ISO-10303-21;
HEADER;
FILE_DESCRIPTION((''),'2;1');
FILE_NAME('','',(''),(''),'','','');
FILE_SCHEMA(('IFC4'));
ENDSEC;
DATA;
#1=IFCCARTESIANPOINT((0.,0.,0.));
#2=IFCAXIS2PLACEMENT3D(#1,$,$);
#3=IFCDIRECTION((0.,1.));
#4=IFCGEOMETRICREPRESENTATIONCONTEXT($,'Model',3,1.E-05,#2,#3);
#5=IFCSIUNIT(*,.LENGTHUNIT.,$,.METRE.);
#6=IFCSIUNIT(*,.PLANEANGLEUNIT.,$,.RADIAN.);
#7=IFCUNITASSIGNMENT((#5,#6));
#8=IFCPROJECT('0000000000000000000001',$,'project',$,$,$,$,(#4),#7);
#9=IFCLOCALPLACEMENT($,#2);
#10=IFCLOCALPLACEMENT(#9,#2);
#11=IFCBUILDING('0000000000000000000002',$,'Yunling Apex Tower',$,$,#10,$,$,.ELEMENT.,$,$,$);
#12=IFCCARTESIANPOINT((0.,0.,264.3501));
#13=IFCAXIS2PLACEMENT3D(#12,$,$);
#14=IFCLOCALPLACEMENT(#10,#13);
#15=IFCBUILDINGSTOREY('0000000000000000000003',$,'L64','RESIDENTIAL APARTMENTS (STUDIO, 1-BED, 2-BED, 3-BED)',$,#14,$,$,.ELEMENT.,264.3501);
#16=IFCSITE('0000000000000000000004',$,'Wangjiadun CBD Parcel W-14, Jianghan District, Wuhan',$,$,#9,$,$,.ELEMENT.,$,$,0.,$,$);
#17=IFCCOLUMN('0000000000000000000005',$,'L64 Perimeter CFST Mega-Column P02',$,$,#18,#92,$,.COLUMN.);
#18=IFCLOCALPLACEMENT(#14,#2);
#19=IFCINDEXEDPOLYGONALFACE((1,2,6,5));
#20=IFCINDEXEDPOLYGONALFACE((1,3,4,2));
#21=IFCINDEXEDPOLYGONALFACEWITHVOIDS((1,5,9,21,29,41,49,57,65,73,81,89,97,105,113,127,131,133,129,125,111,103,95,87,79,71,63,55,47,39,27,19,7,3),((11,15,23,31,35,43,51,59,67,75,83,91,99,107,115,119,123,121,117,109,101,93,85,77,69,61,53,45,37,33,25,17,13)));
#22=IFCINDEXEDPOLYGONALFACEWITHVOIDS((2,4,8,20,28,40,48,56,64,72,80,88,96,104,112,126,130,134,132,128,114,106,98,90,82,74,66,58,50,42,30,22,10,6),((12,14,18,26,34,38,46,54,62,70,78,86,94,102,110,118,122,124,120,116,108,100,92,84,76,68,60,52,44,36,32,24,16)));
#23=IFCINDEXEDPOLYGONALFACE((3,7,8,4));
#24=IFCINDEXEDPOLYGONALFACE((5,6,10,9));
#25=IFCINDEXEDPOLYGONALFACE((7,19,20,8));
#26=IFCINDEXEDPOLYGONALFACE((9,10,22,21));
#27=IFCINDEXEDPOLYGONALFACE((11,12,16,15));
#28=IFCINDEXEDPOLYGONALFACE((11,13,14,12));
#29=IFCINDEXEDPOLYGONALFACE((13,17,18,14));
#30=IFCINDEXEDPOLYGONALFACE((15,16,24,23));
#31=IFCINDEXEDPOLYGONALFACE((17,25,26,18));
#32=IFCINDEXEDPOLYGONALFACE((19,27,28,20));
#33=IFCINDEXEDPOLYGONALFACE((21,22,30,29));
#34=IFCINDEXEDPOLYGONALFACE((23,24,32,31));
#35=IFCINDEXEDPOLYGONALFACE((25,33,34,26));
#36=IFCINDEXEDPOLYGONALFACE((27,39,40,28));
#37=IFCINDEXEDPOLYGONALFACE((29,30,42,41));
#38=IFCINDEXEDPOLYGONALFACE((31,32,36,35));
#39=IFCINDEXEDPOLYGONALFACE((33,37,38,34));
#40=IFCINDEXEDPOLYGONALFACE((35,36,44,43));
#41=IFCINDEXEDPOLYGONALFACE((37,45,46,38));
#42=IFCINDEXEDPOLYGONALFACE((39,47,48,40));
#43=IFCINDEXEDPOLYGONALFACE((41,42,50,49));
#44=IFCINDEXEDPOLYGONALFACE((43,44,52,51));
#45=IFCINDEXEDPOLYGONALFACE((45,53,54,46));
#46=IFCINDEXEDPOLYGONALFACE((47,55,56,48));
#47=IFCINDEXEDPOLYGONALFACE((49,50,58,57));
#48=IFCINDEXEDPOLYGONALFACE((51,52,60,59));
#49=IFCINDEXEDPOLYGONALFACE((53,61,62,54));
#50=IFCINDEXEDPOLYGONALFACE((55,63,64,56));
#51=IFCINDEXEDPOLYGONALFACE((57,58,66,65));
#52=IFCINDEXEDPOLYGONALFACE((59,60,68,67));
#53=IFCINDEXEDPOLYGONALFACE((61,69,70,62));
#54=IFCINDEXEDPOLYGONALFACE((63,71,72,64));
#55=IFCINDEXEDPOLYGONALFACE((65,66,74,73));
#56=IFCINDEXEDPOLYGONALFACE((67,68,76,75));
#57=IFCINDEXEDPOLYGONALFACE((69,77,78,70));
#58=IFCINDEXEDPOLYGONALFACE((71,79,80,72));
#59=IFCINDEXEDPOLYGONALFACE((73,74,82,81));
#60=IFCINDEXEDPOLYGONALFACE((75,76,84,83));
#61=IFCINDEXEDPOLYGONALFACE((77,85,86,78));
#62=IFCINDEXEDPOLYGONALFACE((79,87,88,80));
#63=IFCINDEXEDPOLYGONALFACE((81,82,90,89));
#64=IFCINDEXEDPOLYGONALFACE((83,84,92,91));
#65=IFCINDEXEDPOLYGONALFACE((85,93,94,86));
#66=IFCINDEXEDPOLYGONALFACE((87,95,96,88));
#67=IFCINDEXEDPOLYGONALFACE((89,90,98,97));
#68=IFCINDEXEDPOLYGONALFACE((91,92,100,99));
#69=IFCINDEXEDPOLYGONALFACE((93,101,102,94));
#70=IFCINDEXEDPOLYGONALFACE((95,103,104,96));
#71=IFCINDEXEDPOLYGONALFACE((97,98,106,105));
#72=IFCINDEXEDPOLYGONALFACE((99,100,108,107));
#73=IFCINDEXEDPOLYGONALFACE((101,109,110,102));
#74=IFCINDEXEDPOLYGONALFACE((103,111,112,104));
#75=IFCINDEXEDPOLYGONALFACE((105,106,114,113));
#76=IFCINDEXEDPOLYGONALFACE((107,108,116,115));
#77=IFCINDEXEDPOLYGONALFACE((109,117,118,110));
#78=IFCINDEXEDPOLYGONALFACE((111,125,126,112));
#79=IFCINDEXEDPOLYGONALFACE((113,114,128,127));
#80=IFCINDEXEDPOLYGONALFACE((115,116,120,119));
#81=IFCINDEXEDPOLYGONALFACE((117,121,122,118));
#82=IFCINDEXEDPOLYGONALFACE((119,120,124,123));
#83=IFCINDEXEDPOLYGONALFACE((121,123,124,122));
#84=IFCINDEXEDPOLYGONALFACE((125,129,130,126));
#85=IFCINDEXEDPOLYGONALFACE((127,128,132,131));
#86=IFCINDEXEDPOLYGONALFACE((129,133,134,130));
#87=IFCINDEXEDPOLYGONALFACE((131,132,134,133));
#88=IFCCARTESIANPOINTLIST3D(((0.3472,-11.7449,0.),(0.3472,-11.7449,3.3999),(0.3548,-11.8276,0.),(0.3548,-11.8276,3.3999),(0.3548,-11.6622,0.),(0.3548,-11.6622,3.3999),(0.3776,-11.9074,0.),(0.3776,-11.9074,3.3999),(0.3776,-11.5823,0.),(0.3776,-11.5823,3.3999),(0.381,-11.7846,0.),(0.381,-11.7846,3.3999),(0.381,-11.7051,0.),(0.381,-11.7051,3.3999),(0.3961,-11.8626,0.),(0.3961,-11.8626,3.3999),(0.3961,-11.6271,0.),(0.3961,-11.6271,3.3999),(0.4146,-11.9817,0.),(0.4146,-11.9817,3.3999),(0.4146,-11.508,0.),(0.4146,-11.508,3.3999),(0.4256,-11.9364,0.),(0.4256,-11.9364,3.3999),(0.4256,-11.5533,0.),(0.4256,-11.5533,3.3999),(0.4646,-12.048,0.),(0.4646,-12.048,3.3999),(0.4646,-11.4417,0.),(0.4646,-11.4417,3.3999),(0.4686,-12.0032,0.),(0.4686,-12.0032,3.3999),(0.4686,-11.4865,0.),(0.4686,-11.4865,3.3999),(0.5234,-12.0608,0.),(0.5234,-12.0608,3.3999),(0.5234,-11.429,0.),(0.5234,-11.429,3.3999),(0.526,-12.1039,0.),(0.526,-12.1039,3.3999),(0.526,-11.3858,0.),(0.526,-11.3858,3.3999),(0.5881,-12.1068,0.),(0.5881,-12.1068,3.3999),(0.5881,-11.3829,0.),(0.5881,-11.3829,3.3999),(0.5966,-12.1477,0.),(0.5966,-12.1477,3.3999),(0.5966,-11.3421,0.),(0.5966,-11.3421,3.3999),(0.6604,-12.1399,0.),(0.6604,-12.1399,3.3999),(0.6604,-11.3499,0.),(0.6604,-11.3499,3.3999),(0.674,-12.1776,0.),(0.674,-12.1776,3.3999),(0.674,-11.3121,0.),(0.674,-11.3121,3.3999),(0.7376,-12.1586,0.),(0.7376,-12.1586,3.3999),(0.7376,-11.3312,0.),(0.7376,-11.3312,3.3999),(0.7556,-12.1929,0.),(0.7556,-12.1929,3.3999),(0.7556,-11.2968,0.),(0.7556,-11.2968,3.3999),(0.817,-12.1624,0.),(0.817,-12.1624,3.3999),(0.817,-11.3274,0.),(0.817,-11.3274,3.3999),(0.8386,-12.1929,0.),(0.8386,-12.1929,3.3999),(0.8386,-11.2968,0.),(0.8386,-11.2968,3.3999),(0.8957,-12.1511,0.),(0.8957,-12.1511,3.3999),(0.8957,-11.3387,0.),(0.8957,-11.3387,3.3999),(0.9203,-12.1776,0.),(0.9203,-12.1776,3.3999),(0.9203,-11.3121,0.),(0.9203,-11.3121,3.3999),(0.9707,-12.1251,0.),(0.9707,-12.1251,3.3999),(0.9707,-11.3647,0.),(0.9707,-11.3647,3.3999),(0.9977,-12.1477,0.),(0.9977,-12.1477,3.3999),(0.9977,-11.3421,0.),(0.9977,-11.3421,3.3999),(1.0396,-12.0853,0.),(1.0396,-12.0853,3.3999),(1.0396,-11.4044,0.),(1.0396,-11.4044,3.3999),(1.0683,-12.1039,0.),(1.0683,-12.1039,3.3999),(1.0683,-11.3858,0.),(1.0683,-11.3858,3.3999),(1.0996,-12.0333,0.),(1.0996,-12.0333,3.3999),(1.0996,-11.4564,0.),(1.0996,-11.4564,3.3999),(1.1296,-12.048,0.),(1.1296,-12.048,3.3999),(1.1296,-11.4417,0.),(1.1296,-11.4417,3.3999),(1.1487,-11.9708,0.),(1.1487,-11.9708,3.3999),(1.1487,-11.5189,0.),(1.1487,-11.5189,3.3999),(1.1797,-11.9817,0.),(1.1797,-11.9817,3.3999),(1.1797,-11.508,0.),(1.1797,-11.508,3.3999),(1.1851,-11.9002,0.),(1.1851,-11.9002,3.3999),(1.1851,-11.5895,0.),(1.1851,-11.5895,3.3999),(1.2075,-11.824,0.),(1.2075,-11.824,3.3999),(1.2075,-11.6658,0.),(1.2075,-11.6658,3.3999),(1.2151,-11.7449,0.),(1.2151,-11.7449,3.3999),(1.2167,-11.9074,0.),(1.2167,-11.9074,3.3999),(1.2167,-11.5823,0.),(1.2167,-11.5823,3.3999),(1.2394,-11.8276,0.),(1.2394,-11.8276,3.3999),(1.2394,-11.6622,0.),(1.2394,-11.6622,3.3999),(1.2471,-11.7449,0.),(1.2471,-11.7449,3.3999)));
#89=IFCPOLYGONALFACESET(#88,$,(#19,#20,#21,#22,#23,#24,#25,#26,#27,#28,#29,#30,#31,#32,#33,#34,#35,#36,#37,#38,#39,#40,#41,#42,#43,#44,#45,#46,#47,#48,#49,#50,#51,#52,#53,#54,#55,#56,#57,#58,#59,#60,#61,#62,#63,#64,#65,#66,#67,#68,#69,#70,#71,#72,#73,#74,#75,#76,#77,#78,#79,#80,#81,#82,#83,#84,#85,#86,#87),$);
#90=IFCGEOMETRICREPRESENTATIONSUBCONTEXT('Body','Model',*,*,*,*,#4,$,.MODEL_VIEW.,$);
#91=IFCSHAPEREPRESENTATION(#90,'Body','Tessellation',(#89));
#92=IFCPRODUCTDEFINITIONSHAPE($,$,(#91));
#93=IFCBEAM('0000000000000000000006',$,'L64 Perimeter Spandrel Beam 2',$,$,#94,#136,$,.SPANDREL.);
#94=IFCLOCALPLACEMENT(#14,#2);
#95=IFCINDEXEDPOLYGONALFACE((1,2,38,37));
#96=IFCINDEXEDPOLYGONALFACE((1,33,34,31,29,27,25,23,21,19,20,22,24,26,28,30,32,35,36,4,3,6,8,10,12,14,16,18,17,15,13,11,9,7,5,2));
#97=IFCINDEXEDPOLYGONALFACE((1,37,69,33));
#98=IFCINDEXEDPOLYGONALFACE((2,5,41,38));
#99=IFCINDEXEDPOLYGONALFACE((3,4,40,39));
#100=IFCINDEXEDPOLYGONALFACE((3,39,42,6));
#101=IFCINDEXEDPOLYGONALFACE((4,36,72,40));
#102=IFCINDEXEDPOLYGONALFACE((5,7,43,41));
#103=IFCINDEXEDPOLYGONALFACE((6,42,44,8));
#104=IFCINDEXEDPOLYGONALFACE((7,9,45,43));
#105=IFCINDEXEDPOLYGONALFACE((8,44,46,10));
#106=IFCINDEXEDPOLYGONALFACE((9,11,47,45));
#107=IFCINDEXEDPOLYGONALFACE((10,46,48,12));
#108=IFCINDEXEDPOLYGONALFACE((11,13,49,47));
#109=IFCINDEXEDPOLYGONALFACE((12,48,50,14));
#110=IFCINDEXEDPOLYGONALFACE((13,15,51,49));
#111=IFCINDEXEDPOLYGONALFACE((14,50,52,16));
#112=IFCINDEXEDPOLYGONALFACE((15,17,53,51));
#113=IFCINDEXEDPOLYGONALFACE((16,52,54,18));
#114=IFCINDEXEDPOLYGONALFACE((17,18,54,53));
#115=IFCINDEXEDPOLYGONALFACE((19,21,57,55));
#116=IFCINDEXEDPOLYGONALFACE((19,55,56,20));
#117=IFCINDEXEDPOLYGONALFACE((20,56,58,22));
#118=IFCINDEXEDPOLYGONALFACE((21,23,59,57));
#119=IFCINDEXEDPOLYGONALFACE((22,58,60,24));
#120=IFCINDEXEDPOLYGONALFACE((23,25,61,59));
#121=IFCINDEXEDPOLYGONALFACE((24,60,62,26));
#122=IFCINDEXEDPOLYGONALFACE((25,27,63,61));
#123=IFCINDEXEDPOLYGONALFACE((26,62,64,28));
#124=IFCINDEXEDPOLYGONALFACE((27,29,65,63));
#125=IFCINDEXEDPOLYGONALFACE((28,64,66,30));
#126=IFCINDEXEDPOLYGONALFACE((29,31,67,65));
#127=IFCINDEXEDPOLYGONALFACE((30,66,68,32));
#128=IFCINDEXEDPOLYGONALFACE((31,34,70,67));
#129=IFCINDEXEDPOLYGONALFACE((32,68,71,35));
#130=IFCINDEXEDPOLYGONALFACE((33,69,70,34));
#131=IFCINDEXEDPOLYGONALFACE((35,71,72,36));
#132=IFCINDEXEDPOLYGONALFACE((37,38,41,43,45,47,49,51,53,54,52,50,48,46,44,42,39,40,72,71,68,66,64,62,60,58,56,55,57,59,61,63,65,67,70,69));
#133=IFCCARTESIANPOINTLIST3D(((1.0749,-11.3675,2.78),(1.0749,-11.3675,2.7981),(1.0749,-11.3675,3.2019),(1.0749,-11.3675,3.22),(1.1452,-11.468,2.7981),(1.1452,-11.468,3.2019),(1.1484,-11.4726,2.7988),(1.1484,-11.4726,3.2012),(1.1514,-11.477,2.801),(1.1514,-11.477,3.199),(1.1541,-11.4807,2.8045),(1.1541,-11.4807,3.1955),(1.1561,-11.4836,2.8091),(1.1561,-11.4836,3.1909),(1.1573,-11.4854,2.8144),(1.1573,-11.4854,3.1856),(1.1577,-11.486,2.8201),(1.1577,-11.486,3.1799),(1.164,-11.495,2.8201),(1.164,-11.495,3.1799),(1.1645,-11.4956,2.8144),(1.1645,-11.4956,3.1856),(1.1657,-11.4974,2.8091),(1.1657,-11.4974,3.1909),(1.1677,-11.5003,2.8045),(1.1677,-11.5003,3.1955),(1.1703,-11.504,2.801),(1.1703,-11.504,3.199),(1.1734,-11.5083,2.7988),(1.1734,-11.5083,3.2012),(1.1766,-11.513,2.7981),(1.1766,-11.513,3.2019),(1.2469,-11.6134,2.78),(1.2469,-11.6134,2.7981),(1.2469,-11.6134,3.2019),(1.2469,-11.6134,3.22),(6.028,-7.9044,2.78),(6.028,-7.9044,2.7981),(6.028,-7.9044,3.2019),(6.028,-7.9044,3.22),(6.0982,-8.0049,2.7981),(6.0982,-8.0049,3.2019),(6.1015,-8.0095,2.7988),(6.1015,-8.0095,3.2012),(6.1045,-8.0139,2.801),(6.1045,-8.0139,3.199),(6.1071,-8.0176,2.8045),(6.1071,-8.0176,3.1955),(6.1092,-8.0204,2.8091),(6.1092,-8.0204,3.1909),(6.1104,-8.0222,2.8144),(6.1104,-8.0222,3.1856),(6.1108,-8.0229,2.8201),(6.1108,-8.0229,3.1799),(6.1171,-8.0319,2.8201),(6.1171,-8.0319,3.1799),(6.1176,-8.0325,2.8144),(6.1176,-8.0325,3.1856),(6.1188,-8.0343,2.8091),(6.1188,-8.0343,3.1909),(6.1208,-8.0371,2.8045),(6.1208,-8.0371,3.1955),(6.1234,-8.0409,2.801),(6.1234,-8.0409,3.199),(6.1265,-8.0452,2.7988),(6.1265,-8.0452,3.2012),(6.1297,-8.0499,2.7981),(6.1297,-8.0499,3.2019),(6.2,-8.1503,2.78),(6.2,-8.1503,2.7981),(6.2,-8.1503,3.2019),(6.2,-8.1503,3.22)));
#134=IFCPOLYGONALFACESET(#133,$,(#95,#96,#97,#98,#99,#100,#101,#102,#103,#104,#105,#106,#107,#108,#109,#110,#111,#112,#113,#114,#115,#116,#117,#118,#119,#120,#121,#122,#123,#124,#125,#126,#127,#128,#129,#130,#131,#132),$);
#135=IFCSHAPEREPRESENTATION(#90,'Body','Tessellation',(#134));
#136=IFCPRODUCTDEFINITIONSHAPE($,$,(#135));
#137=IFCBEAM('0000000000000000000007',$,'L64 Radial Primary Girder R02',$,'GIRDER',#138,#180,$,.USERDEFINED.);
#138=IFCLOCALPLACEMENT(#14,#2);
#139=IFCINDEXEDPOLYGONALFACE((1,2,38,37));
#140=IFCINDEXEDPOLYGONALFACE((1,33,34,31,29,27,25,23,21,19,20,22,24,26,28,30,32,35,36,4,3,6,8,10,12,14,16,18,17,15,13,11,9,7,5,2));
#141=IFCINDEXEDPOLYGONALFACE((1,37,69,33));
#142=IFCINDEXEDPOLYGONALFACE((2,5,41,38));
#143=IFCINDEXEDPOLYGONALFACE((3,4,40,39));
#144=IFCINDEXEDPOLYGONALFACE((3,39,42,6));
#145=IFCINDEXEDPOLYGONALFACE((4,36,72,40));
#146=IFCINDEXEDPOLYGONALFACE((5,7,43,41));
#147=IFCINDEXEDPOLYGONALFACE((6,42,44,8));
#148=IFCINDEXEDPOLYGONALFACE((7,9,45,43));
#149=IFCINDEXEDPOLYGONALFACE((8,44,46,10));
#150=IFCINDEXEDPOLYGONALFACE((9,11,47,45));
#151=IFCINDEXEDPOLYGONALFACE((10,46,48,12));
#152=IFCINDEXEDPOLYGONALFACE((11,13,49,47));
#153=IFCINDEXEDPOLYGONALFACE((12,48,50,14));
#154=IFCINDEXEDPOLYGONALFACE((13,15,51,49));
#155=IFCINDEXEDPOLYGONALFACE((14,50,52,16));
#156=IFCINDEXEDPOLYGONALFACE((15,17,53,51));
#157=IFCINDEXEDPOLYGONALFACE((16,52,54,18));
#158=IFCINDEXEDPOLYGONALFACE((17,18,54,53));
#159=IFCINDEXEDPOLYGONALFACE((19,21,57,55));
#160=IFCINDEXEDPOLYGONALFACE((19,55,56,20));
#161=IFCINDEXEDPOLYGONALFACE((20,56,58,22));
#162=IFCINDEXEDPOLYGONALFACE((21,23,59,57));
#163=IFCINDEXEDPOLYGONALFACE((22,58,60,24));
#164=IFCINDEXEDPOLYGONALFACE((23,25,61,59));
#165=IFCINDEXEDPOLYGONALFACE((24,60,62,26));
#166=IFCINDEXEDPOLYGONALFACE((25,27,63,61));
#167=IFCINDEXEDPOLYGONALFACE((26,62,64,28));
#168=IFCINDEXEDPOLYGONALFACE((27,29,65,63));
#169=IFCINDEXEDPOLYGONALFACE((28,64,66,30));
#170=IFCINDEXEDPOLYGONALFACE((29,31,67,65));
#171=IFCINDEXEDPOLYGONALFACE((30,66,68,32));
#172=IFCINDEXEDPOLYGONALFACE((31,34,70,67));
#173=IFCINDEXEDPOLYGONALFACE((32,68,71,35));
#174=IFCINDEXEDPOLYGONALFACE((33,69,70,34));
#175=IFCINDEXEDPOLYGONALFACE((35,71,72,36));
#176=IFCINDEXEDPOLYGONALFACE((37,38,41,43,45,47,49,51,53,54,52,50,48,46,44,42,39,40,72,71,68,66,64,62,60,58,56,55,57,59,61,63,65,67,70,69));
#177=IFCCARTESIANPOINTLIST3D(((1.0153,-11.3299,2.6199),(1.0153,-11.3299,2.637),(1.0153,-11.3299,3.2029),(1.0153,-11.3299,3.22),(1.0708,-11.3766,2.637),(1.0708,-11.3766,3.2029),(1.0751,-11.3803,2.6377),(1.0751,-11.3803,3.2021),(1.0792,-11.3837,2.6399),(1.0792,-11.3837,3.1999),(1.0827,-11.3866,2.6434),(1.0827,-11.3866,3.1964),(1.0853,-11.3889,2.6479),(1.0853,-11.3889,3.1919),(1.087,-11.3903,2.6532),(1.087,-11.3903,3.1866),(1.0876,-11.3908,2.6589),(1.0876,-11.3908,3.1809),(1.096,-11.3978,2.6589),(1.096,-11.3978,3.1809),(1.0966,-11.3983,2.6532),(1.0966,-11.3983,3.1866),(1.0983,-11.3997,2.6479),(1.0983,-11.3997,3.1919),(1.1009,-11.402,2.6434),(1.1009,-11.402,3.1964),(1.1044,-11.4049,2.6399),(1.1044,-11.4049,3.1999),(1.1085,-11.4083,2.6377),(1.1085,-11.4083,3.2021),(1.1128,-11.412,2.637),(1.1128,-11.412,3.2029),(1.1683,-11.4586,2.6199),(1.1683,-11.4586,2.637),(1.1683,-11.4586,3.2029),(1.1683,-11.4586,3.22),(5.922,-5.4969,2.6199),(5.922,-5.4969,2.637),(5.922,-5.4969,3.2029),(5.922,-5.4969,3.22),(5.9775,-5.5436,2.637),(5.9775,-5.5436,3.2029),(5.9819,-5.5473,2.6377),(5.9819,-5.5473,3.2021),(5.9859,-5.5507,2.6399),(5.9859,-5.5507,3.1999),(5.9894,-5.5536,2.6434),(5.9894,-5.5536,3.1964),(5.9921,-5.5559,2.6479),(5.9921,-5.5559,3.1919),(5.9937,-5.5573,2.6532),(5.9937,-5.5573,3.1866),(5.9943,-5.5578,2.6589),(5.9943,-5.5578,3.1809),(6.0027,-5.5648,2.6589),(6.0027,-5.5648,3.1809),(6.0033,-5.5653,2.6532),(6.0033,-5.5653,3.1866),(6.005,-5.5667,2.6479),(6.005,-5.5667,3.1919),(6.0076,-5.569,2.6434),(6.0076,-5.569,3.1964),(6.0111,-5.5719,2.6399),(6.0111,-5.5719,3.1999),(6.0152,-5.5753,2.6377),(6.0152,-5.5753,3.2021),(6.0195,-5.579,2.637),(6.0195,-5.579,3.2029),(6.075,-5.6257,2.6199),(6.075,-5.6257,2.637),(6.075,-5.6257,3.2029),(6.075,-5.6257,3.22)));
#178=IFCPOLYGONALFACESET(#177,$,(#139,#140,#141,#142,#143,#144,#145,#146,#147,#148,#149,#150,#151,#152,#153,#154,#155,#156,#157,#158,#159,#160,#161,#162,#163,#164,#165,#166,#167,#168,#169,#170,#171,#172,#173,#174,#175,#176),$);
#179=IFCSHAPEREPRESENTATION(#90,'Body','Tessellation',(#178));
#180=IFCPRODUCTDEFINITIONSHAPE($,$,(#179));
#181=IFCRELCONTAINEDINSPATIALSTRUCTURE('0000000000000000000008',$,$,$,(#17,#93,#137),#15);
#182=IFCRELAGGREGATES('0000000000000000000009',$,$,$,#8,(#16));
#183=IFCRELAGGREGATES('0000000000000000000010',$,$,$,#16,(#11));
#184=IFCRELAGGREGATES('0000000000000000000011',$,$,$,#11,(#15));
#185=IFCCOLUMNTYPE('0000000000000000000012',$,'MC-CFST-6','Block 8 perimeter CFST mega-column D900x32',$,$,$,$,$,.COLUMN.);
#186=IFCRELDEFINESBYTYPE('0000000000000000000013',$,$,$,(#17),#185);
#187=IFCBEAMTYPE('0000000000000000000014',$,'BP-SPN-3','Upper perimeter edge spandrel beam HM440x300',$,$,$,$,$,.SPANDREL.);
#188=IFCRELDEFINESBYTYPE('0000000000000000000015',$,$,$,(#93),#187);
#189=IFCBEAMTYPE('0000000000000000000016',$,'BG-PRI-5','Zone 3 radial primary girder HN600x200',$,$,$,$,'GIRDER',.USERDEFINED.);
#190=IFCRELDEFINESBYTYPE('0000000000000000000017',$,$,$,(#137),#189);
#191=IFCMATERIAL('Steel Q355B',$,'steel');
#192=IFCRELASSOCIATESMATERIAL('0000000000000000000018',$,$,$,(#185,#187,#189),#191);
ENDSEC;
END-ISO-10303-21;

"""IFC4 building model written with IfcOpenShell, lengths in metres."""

from ifc_helpers import new_model, si_unit, direction, frame, origin, origin_2d, place, context, subcontext, project, spatial, hollow_circle, i_section, extrude, source, transform, mapped, material, material_profile, profile_set, type_object, element, save


model = new_model("IFC4")

# Units and contexts
model_context = context("Model", 3, precision=1e-05, world=origin(), true_north=direction((0.0, 1.0)))
body_context = subcontext(model_context, "Body", "Model", "MODEL_VIEW")
ifc_project = project(units=[si_unit("LENGTHUNIT", "METRE"), si_unit("PLANEANGLEUNIT", "RADIAN")], contexts=[model_context])

# Site, building, storey
site_placement = place(None, origin())
site = spatial("IfcSite", under=ifc_project, at=site_placement, Name="Wangjiadun CBD Parcel W-14, Jianghan District, Wuhan", CompositionType="ELEMENT", RefElevation=0.0)
building_placement = place(site_placement, origin())
building = spatial("IfcBuilding", under=site, at=building_placement, Name="Yunling Apex Tower", CompositionType="ELEMENT")
storey_placement = place(building_placement, frame((0.0, 0.0, 264.3501)))
storey = spatial("IfcBuildingStorey", under=building, at=storey_placement, Name="L64", Description="RESIDENTIAL APARTMENTS (STUDIO, 1-BED, 2-BED, 3-BED)", CompositionType="ELEMENT", Elevation=264.3501)

# Column
ifc_material_1 = material(Name="Steel Q355B", Category="steel")
ifc_material_profile_1 = material_profile(ifc_material_1, hollow_circle(Radius=0.45, WallThickness=0.032, at=origin_2d()))
ifc_profile_set_1 = profile_set([ifc_material_profile_1], Name="Steel Q355B")
column_type = type_object("IfcColumnType", Name="MC-CFST-6", Description="Block 8 perimeter CFST mega-column D900x32", PredefinedType="COLUMN", material=ifc_profile_set_1)
shared_shape_1 = source(origin(), body_context, "Body", "SweptSolid", [
    extrude(hollow_circle(Radius=0.45, WallThickness=0.032, at=origin_2d()), origin(), (0.0, 0.0, 1.0), 3.3999),
])
column_placement = place(storey_placement, frame((0.7971, -11.7449, 0.0), z_axis=(0.0, 0.0, 1.0), x_axis=(1.0, 0.0, 0.0)))
element("IfcColumn", 1, at=column_placement, inside=storey, type_object=column_type, Name="L64 Perimeter CFST Mega-Column P02", PredefinedType="COLUMN", context=body_context, shape_type="MappedRepresentation", body=[
    mapped(shared_shape_1, transform((0.0, 0.0, 0.0), scale=1.0)),
])

# Beams
ifc_material_profile_2 = material_profile(ifc_material_1, i_section(OverallWidth=0.3, OverallDepth=0.4399, WebThickness=0.011, FlangeThickness=0.0181, FilletRadius=0.022, at=origin_2d()))
ifc_profile_set_2 = profile_set([ifc_material_profile_2], Name="Steel Q355B")
beam_type_1 = type_object("IfcBeamType", Name="BP-SPN-3", Description="Upper perimeter edge spandrel beam HM440x300", PredefinedType="SPANDREL", material=ifc_profile_set_2)
shared_shape_2 = source(origin(), body_context, "Body", "SweptSolid", [
    extrude(i_section(OverallWidth=0.3, OverallDepth=0.4399, WebThickness=0.011, FlangeThickness=0.0181, FilletRadius=0.022, at=origin_2d()), origin(), (0.0, 0.0, 1.0), 6.0437),
])
beam_1_placement = place(storey_placement, frame((1.1609, -11.4905, 3.0), z_axis=(0.819547, 0.573012, 0.0), x_axis=(-0.573012, 0.819547, 0.0)))
element("IfcBeam", 2, at=beam_1_placement, inside=storey, type_object=beam_type_1, Name="L64 Perimeter Spandrel Beam 2", PredefinedType="SPANDREL", context=body_context, shape_type="MappedRepresentation", body=[
    mapped(shared_shape_2, transform((0.0, 0.0, 0.0), scale=1.0)),
])
ifc_material_profile_3 = material_profile(ifc_material_1, i_section(OverallWidth=0.2, OverallDepth=0.6001, WebThickness=0.011, FlangeThickness=0.0171, FilletRadius=0.022, at=origin_2d()))
ifc_profile_set_3 = profile_set([ifc_material_profile_3], Name="Steel Q355B")
beam_type_2 = type_object("IfcBeamType", Name="BG-PRI-5", Description="Zone 3 radial primary girder HN600x200", ElementType="GIRDER", PredefinedType="USERDEFINED", material=ifc_profile_set_3)
shared_shape_3 = source(origin(), body_context, "Body", "SweptSolid", [
    extrude(i_section(OverallWidth=0.2, OverallDepth=0.6001, WebThickness=0.011, FlangeThickness=0.0171, FilletRadius=0.022, at=origin_2d()), origin(), (0.0, 0.0, 1.0), 7.6223),
])
beam_2_placement = place(storey_placement, frame((1.0918, -11.3943, 2.9199), z_axis=(0.643731, 0.765252, 0.0), x_axis=(-0.765252, 0.643731, 0.0)))
element("IfcBeam", 3, at=beam_2_placement, inside=storey, type_object=beam_type_2, Name="L64 Radial Primary Girder R02", ObjectType="GIRDER", PredefinedType="USERDEFINED", context=body_context, shape_type="MappedRepresentation", body=[
    mapped(shared_shape_3, transform((0.0, 0.0, 0.0), scale=1.0)),
])

save(model, "model.ifc")
